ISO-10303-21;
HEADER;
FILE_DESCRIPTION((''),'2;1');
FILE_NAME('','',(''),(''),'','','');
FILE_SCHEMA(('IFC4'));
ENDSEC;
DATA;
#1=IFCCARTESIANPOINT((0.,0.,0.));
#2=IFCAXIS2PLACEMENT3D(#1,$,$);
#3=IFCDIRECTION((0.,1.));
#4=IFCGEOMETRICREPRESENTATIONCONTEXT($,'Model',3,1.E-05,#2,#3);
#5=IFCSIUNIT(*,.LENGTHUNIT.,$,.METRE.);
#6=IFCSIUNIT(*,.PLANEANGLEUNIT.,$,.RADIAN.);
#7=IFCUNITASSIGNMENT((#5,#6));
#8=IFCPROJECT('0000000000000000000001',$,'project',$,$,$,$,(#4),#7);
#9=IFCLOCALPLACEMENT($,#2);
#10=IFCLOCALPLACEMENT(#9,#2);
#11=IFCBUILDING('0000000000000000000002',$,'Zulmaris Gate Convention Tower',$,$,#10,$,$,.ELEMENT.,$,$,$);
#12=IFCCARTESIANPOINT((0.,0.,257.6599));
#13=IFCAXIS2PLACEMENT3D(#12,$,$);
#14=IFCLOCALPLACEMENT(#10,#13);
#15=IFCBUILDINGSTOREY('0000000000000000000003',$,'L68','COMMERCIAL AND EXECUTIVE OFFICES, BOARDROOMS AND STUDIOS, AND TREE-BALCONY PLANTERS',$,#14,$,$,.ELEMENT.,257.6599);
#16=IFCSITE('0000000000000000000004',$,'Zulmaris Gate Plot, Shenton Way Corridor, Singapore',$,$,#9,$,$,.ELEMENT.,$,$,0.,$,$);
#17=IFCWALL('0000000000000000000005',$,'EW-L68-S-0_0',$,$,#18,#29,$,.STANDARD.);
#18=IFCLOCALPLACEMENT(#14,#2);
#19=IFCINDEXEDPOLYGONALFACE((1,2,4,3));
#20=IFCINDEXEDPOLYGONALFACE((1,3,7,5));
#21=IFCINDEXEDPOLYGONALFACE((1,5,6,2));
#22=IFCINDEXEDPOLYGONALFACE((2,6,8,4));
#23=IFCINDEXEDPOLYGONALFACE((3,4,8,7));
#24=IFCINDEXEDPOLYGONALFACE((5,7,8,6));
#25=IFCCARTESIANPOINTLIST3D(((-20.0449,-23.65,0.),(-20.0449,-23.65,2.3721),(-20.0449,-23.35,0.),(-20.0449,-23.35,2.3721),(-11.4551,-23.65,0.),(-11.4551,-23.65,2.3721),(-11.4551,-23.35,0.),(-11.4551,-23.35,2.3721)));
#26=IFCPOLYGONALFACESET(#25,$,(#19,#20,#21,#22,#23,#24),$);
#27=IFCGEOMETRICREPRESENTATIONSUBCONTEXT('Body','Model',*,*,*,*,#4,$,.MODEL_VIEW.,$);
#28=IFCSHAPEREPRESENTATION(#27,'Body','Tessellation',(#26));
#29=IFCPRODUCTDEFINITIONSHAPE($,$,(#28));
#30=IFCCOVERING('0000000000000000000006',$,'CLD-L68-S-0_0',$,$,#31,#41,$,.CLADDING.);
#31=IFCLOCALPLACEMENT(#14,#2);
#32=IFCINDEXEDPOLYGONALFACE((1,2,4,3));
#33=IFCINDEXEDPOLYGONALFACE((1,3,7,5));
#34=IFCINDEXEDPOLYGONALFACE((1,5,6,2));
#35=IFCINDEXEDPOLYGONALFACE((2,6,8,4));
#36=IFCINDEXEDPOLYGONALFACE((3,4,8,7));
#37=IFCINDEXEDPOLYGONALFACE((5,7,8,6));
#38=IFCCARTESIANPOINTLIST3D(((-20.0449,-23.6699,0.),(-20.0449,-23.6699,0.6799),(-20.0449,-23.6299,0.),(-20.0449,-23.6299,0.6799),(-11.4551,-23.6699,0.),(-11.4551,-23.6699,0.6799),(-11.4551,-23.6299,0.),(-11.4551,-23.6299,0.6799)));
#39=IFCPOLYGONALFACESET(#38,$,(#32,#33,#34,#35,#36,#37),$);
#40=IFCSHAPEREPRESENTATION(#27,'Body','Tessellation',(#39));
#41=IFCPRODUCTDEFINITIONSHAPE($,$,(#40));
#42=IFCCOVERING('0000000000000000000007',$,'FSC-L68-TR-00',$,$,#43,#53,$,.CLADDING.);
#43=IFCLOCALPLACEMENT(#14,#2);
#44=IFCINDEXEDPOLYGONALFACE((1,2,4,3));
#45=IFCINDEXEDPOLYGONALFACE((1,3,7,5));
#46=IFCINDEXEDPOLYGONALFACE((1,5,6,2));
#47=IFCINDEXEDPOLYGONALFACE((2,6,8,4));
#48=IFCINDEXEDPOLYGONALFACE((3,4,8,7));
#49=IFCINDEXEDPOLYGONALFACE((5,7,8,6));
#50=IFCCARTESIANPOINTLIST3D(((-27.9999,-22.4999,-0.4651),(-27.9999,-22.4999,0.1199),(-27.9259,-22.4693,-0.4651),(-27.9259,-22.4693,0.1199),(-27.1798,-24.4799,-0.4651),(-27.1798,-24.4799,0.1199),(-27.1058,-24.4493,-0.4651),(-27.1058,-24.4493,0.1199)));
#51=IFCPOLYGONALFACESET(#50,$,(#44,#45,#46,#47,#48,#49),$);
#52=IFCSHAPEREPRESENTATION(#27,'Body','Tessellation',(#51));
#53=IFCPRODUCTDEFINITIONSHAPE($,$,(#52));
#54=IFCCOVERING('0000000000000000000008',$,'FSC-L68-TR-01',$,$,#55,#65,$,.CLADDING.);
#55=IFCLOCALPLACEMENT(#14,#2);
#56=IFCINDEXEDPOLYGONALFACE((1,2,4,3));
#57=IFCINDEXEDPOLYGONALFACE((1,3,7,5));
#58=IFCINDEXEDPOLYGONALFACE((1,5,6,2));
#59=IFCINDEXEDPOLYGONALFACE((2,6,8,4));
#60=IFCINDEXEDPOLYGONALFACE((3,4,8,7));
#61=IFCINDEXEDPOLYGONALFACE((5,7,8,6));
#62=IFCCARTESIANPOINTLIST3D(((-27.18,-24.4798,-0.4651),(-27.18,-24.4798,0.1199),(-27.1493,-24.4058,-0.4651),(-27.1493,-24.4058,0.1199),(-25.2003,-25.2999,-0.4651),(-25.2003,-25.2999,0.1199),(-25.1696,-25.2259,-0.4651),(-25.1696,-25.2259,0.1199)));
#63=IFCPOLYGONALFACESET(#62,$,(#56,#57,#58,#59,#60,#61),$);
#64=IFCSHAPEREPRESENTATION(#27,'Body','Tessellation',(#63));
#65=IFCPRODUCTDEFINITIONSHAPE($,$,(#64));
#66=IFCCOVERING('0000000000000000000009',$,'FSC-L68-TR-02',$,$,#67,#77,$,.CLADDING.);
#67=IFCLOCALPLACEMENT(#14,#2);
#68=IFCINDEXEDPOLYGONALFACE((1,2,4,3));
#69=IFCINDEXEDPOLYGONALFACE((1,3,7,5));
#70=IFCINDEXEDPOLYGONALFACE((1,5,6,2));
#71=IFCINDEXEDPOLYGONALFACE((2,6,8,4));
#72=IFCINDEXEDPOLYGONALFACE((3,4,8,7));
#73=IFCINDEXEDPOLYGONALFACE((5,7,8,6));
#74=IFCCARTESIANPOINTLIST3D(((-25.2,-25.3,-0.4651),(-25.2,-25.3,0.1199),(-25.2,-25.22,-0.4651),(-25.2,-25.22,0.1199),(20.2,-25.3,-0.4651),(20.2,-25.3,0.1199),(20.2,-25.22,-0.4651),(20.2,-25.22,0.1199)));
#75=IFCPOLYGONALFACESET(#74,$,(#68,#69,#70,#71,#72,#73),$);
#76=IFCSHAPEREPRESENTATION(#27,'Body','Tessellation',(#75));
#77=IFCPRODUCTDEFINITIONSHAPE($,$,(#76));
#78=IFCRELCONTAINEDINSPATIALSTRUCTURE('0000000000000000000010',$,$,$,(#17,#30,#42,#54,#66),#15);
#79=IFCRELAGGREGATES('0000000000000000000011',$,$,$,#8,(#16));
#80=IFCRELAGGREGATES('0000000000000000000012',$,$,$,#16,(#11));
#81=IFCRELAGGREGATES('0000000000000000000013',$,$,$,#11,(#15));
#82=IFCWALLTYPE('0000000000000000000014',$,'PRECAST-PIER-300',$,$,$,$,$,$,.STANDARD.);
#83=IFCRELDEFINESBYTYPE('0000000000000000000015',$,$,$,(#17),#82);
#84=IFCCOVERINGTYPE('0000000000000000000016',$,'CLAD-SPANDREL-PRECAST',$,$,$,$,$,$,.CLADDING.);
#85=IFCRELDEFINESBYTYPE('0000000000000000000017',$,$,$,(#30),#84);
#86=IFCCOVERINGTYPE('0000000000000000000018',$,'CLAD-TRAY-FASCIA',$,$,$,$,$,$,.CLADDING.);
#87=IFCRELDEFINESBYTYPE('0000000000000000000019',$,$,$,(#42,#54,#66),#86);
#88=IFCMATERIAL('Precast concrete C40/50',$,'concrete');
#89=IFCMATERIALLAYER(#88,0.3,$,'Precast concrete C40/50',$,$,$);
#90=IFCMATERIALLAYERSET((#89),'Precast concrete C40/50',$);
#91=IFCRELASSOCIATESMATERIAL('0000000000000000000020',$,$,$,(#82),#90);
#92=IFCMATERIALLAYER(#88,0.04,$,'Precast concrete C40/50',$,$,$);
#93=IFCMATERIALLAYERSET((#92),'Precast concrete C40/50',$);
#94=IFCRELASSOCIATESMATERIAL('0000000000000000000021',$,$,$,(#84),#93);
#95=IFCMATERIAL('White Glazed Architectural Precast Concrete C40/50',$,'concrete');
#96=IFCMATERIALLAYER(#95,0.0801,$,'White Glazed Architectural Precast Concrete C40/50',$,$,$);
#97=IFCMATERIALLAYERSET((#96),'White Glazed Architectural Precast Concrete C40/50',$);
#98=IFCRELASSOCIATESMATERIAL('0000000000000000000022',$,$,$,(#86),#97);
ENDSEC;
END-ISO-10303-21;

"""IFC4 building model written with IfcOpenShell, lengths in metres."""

from ifc_helpers import new_model, si_unit, direction, frame, frame_2d, origin, place, context, subcontext, project, spatial, rectangle, extrude, material, layer, layer_set, type_object, element, save


model = new_model("IFC4")

# Units and contexts
model_context = context("Model", 3, precision=1e-05, world=origin(), true_north=direction((0.0, 1.0)))
body_context = subcontext(model_context, "Body", "Model", "MODEL_VIEW")
ifc_project = project(units=[si_unit("LENGTHUNIT", "METRE"), si_unit("PLANEANGLEUNIT", "RADIAN")], contexts=[model_context])

# Site, building, storey
site_placement = place(None, origin())
site = spatial("IfcSite", under=ifc_project, at=site_placement, Name="Zulmaris Gate Plot, Shenton Way Corridor, Singapore", CompositionType="ELEMENT", RefElevation=0.0)
building_placement = place(site_placement, origin())
building = spatial("IfcBuilding", under=site, at=building_placement, Name="Zulmaris Gate Convention Tower", CompositionType="ELEMENT")
storey_placement = place(building_placement, frame((0.0, 0.0, 257.6599)))
storey = spatial("IfcBuildingStorey", under=building, at=storey_placement, Name="L68", Description="COMMERCIAL AND EXECUTIVE OFFICES, BOARDROOMS AND STUDIOS, AND TREE-BALCONY PLANTERS", CompositionType="ELEMENT", Elevation=257.6599)

# Shared definitions
ifc_material_1 = material(Name="Precast concrete C40/50", Category="concrete")
ifc_layer_1 = layer(ifc_material_1, 0.3, Name="Precast concrete C40/50")
ifc_layer_set_1 = layer_set([ifc_layer_1], Name="Precast concrete C40/50")
wall_type_1 = type_object("IfcWallType", Name="PRECAST-PIER-300", PredefinedType="STANDARD", material=ifc_layer_set_1)

# Wall
wall_1_placement = place(storey_placement, frame((-20.0449, -23.5, 0.0), z_axis=(0.0, 0.0, 1.0), x_axis=(1.0, 0.0, 0.0)))
element("IfcWall", 1, at=wall_1_placement, inside=storey, type_object=wall_type_1, Name="EW-L68-S-0_0", PredefinedType="STANDARD", context=body_context, shape_type="SweptSolid", body=[
    extrude(rectangle(XDim=8.5898, YDim=0.3, at=frame_2d((4.2949, 0.0))), origin(), (0.0, 0.0, 1.0), 2.3721),
])

# Coverings
ifc_layer_2 = layer(ifc_material_1, 0.04, Name="Precast concrete C40/50")
ifc_layer_set_2 = layer_set([ifc_layer_2], Name="Precast concrete C40/50")
covering_type_1 = type_object("IfcCoveringType", Name="CLAD-SPANDREL-PRECAST", PredefinedType="CLADDING", material=ifc_layer_set_2)
covering_1_placement = place(storey_placement, frame((-20.0449, -23.6499, 0.0), z_axis=(0.0, 0.0, 1.0), x_axis=(1.0, 0.0, 0.0)))
element("IfcCovering", 2, at=covering_1_placement, inside=storey, type_object=covering_type_1, Name="CLD-L68-S-0_0", PredefinedType="CLADDING", context=body_context, shape_type="SweptSolid", body=[
    extrude(rectangle(XDim=8.5898, YDim=0.04, at=frame_2d((4.2949, 0.0))), origin(), (0.0, 0.0, 1.0), 0.6799),
])
ifc_material_2 = material(Name="White Glazed Architectural Precast Concrete C40/50", Category="concrete")
ifc_layer_3 = layer(ifc_material_2, 0.0801, Name="White Glazed Architectural Precast Concrete C40/50")
ifc_layer_set_3 = layer_set([ifc_layer_3], Name="White Glazed Architectural Precast Concrete C40/50")
covering_type_2 = type_object("IfcCoveringType", Name="CLAD-TRAY-FASCIA", PredefinedType="CLADDING", material=ifc_layer_set_3)
covering_2_placement = place(storey_placement, frame((-27.9629, -22.4846, -0.4651), z_axis=(0.0, 0.0, 1.0), x_axis=(0.382657, -0.92389, 0.0)))
element("IfcCovering", 3, at=covering_2_placement, inside=storey, type_object=covering_type_2, Name="FSC-L68-TR-00", PredefinedType="CLADDING", context=body_context, shape_type="SweptSolid", body=[
    extrude(rectangle(XDim=2.1431, YDim=0.0801, at=frame_2d((1.0715, 0.0))), origin(), (0.0, 0.0, 1.0), 0.585),
])
covering_3_placement = place(storey_placement, frame((-27.1646, -24.4429, -0.4651), z_axis=(0.0, 0.0, 1.0), x_axis=(0.923874, -0.382697, 0.0)))
element("IfcCovering", 4, at=covering_3_placement, inside=storey, type_object=covering_type_2, Name="FSC-L68-TR-01", PredefinedType="CLADDING", context=body_context, shape_type="SweptSolid", body=[
    extrude(rectangle(XDim=2.1428, YDim=0.0801, at=frame_2d((1.0713, 0.0))), origin(), (0.0, 0.0, 1.0), 0.585),
])
covering_4_placement = place(storey_placement, frame((-25.2, -25.26, -0.4651), z_axis=(0.0, 0.0, 1.0), x_axis=(1.0, 0.0, 0.0)))
element("IfcCovering", 5, at=covering_4_placement, inside=storey, type_object=covering_type_2, Name="FSC-L68-TR-02", PredefinedType="CLADDING", context=body_context, shape_type="SweptSolid", body=[
    extrude(rectangle(XDim=45.3999, YDim=0.0801, at=frame_2d((22.7, 0.0))), origin(), (0.0, 0.0, 1.0), 0.585),
])

save(model, "model.ifc")
